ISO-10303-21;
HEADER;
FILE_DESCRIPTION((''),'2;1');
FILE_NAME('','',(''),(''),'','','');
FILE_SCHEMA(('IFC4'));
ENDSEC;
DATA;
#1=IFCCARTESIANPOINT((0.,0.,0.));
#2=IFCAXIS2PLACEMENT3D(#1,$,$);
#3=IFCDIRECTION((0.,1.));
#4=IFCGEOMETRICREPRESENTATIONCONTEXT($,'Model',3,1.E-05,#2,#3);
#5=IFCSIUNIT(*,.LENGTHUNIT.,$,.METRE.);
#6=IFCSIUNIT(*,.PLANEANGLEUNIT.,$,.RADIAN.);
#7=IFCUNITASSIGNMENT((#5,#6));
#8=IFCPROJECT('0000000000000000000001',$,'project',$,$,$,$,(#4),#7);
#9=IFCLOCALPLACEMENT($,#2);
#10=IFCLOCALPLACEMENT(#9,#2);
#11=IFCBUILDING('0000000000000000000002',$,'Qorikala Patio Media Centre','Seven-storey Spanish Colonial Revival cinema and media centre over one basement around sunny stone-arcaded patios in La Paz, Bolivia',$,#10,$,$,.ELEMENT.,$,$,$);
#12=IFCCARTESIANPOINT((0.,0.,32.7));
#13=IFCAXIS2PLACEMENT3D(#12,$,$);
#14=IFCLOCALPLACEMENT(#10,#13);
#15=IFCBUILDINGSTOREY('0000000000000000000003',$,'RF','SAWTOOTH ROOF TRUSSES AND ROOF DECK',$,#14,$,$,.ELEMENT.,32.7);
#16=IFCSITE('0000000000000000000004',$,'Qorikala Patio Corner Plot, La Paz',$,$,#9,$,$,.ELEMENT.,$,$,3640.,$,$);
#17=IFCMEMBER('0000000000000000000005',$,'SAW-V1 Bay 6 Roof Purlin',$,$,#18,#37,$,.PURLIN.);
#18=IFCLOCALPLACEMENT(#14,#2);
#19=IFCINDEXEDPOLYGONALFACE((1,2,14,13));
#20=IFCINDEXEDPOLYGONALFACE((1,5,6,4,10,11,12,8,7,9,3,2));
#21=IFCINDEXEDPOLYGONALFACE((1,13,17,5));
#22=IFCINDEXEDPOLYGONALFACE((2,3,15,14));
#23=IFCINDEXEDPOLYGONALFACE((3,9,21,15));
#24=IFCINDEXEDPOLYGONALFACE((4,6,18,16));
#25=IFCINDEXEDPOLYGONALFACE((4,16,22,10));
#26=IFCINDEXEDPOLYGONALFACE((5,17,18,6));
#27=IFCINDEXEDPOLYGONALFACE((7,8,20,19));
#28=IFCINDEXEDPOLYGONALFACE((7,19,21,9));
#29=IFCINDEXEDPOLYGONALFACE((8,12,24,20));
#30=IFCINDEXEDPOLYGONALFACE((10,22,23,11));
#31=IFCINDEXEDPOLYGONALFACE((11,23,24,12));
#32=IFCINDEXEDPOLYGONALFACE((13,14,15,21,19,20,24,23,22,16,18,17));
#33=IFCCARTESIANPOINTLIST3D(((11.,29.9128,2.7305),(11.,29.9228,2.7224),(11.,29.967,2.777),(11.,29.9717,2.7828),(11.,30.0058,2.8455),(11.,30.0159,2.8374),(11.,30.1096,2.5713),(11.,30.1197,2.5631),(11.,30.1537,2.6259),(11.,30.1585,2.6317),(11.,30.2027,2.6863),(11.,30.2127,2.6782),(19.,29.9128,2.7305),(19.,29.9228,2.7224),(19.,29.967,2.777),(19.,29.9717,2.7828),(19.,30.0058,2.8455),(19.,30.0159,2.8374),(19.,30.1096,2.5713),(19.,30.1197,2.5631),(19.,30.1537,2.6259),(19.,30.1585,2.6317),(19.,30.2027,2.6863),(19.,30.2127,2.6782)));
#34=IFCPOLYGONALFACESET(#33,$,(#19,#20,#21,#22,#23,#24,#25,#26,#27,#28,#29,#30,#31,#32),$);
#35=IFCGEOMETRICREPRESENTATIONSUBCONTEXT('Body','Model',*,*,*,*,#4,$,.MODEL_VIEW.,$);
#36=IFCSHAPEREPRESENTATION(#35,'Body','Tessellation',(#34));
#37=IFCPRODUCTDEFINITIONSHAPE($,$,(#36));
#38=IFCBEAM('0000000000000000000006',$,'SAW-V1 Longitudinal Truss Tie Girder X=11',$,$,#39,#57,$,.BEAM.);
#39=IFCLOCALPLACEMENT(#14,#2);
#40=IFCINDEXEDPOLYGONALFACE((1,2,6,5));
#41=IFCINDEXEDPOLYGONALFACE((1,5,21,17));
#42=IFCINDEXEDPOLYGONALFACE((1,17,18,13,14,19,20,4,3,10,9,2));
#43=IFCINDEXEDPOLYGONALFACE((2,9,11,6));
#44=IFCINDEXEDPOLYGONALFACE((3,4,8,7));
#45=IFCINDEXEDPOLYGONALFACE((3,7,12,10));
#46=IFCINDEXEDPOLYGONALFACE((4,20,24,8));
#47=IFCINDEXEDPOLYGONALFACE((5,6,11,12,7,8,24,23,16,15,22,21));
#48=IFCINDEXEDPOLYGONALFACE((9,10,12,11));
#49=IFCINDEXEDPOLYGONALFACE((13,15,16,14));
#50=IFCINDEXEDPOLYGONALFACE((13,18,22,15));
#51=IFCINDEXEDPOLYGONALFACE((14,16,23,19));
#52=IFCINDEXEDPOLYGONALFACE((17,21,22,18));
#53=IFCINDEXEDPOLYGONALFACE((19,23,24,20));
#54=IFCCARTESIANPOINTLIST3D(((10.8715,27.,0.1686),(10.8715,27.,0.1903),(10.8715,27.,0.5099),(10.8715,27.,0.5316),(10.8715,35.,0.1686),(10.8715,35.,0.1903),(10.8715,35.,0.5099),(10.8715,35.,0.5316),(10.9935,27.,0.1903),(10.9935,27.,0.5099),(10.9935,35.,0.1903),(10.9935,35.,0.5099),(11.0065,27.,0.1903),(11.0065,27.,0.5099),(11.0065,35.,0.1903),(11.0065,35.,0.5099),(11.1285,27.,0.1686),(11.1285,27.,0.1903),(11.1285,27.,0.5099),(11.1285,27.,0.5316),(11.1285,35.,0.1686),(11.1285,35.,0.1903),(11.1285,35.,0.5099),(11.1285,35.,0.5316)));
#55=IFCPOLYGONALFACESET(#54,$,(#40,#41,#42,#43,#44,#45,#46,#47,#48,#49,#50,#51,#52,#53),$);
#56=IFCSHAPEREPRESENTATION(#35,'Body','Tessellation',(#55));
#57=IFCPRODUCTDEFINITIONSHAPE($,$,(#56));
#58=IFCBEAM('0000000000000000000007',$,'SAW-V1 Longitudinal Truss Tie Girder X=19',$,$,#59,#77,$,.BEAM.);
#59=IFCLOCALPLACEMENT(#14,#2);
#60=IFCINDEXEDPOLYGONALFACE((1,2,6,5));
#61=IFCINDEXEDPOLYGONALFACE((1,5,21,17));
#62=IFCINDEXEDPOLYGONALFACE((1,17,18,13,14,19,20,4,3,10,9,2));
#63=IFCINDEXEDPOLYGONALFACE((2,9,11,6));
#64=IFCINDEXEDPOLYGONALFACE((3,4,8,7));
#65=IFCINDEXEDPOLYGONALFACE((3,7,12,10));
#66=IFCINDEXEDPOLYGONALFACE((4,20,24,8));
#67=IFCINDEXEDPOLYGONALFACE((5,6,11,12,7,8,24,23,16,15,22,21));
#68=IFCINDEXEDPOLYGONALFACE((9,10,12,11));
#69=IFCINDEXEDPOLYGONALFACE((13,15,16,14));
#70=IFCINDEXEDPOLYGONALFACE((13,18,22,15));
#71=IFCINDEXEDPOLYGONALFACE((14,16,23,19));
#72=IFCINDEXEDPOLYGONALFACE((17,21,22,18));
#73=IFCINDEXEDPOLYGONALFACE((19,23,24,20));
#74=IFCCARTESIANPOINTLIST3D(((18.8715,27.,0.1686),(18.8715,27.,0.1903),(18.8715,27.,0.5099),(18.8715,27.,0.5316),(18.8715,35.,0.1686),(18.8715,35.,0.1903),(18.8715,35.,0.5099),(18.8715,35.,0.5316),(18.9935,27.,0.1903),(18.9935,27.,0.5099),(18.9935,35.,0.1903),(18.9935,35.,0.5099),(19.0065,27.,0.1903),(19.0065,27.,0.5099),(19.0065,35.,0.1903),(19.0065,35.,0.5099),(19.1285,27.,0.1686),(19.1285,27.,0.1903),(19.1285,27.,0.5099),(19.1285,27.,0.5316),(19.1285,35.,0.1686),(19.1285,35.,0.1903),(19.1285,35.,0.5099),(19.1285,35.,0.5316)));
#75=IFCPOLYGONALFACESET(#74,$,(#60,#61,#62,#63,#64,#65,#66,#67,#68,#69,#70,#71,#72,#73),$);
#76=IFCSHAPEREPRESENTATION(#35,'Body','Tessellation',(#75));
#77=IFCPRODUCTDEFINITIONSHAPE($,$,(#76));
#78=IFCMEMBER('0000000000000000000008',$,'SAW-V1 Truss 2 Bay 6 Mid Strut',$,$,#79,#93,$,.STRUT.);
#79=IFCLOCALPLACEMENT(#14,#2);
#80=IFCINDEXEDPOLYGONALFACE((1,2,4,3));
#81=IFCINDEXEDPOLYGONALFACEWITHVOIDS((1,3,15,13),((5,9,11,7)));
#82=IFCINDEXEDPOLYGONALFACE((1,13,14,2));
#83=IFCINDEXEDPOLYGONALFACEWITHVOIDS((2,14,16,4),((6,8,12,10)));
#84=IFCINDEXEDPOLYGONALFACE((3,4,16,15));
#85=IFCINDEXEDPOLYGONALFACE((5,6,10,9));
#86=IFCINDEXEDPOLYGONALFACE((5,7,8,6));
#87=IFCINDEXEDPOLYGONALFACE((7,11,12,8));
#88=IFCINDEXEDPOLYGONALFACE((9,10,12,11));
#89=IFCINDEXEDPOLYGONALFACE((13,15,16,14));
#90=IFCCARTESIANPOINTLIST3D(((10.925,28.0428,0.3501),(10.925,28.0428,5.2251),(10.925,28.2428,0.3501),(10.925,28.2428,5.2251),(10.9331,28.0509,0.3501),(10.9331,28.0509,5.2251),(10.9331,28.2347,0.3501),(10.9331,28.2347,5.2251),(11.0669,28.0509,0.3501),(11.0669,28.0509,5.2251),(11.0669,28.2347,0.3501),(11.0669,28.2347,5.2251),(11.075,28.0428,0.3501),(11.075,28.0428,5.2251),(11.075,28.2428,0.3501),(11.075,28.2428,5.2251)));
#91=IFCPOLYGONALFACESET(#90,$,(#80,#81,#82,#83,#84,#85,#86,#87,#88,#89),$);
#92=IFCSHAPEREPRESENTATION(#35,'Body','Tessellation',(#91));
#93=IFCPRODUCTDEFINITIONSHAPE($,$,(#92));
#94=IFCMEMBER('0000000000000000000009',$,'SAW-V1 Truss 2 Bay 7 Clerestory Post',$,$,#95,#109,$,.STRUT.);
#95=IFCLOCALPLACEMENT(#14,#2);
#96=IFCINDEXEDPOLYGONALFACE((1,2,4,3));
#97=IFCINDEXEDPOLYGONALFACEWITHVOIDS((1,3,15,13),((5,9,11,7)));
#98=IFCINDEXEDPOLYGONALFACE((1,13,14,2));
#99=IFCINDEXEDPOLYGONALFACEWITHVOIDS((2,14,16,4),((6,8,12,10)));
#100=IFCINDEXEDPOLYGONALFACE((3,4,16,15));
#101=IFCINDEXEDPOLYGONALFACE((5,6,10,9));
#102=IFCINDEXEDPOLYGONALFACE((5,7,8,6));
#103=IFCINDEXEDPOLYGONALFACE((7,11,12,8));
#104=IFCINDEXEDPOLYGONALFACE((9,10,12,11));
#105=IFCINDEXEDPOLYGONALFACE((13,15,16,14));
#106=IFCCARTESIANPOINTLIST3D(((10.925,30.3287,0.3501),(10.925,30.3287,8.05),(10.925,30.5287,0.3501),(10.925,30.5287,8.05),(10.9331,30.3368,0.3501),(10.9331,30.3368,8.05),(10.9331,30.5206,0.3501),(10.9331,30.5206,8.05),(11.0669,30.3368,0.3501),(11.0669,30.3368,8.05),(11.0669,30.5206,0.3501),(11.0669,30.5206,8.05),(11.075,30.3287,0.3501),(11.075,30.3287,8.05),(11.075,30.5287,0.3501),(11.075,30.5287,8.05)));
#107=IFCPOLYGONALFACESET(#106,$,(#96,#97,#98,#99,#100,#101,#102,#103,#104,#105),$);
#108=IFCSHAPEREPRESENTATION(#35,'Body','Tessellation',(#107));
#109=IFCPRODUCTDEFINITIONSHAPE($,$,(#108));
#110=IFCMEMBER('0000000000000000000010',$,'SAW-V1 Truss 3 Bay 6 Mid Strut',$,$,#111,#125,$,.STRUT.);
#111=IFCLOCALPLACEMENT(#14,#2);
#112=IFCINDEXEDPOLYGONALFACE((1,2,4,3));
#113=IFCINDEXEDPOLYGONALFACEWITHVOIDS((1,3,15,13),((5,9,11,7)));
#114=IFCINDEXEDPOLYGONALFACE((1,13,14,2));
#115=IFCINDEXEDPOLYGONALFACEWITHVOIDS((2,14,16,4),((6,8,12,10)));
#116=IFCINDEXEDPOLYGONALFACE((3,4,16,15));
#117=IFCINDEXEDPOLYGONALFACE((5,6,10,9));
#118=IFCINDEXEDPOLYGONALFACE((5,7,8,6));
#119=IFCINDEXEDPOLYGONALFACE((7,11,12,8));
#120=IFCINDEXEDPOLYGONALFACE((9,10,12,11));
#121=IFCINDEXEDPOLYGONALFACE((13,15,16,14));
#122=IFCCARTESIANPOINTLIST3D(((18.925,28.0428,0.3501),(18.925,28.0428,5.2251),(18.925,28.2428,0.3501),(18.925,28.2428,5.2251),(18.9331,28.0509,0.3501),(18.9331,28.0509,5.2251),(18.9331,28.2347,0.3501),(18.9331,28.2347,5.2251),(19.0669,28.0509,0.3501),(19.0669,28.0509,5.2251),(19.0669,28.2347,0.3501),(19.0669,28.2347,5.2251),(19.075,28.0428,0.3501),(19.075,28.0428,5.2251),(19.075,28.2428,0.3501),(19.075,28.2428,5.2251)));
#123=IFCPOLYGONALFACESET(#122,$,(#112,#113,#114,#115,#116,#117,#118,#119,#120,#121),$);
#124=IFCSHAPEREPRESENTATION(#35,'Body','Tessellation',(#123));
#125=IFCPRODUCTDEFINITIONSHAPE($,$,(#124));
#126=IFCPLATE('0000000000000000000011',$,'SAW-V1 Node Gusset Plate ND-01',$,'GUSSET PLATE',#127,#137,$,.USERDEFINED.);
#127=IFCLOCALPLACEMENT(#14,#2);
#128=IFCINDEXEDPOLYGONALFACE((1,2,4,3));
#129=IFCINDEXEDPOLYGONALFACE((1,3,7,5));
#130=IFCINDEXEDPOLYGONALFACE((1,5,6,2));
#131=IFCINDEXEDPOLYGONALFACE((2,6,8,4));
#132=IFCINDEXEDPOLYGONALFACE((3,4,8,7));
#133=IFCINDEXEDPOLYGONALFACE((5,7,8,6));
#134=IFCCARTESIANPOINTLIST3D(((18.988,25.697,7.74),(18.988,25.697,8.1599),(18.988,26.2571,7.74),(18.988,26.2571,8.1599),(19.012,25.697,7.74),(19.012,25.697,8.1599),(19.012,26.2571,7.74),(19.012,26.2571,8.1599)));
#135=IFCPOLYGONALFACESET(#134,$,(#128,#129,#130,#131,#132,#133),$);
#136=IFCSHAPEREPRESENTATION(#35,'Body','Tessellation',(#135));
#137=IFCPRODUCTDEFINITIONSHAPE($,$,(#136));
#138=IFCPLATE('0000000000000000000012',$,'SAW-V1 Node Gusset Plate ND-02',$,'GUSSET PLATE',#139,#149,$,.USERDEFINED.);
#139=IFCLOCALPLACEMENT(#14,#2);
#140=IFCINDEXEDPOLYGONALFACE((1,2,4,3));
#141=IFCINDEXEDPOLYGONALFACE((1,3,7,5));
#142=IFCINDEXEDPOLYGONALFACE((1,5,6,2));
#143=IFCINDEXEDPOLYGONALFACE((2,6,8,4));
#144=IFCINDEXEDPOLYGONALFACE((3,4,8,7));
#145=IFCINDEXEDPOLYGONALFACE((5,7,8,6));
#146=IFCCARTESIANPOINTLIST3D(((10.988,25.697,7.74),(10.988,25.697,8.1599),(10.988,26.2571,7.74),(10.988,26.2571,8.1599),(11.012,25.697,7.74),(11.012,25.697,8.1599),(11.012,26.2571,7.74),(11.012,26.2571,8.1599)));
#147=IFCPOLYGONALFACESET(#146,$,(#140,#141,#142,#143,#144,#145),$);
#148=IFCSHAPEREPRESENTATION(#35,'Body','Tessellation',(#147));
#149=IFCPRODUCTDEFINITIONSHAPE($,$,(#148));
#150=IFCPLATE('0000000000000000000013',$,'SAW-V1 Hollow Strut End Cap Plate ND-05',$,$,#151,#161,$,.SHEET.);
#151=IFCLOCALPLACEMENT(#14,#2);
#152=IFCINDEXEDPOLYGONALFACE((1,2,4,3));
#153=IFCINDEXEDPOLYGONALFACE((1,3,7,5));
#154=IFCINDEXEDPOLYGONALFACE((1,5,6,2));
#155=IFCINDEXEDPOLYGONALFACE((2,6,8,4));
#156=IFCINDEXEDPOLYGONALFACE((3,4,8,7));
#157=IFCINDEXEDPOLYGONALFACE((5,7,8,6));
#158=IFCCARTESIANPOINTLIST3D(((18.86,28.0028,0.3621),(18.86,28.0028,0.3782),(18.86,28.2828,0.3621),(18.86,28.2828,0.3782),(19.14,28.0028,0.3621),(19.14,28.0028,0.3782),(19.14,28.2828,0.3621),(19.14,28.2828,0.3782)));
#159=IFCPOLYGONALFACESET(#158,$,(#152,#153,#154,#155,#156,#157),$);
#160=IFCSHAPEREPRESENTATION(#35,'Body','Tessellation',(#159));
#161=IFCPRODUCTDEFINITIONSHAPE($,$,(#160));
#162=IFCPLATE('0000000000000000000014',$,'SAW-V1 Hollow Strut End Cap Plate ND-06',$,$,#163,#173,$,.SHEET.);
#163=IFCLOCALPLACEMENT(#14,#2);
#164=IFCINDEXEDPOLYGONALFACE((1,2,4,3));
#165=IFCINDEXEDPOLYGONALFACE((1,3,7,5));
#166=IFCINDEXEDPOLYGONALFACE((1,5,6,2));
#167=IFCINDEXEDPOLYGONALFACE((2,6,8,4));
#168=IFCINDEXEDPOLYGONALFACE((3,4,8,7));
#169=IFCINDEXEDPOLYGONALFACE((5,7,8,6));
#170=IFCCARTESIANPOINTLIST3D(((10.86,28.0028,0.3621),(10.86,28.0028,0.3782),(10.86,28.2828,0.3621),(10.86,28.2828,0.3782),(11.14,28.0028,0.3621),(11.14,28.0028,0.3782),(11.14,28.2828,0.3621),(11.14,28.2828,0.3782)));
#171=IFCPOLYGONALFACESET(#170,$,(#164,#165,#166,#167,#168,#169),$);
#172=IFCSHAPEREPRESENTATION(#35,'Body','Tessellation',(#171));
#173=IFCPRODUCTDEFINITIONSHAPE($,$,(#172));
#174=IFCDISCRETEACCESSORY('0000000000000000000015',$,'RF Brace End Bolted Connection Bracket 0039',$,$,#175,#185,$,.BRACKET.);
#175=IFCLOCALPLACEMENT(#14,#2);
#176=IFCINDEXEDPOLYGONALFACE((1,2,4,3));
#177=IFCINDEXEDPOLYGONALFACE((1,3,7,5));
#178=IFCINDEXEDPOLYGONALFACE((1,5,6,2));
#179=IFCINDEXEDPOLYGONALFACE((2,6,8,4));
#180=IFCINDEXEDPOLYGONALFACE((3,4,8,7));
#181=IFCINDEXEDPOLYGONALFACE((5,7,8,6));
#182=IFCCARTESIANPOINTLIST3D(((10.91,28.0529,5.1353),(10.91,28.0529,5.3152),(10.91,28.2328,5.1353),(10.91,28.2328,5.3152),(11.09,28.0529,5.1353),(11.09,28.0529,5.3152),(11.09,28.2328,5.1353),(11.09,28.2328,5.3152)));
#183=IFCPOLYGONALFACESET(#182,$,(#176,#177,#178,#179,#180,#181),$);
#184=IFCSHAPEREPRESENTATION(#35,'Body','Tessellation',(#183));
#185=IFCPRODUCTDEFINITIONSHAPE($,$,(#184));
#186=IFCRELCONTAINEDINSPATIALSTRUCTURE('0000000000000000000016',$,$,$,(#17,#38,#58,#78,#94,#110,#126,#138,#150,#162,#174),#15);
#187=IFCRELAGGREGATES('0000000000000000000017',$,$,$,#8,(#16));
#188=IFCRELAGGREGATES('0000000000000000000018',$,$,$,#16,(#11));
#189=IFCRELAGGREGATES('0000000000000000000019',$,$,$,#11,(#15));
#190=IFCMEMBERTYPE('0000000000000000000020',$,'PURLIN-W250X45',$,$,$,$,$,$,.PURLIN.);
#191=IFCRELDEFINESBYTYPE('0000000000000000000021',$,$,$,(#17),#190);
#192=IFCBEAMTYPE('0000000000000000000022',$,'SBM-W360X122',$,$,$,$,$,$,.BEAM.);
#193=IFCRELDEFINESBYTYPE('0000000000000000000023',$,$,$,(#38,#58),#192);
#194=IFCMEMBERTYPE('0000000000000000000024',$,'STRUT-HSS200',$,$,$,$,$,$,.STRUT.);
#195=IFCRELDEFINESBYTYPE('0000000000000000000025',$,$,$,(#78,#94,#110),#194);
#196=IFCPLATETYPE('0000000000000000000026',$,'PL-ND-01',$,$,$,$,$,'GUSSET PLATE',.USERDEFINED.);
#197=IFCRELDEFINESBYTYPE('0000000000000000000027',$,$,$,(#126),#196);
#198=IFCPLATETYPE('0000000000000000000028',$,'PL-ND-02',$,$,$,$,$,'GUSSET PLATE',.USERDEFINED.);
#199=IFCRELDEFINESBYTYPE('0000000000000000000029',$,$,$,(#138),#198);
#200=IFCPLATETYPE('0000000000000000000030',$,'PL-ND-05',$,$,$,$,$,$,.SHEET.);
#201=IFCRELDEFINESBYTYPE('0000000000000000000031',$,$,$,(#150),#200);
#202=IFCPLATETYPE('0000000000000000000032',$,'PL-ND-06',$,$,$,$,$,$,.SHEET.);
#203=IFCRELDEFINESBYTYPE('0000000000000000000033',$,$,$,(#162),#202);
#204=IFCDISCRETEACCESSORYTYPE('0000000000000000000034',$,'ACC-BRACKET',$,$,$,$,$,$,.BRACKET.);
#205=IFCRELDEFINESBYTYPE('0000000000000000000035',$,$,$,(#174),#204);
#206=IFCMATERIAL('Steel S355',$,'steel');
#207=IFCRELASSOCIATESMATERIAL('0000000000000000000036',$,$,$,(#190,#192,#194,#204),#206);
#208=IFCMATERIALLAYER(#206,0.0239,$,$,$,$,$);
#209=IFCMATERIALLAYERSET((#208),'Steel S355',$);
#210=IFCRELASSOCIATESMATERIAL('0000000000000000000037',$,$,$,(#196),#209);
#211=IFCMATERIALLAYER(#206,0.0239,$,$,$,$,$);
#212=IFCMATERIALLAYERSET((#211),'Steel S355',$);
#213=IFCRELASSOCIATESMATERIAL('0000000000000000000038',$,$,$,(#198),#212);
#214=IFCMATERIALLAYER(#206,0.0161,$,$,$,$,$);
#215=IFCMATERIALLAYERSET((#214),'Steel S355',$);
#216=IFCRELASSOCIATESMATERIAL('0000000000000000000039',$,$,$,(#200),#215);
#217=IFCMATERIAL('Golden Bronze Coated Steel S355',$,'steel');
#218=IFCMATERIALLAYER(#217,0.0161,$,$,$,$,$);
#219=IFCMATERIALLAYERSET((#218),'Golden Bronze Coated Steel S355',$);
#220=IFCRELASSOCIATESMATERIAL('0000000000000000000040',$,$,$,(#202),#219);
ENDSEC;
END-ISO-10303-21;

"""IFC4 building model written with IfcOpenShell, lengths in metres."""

from ifc_helpers import new_model, si_unit, direction, frame, origin, origin_2d, place, context, subcontext, project, spatial, rectangle, hollow_rectangle, i_section, extrude, material, layer, layer_set, material_profile, profile_set, type_object, element, save


model = new_model("IFC4")

# Units and contexts
model_context = context("Model", 3, precision=1e-05, world=origin(), true_north=direction((0.0, 1.0)))
body_context = subcontext(model_context, "Body", "Model", "MODEL_VIEW")
ifc_project = project(units=[si_unit("LENGTHUNIT", "METRE"), si_unit("PLANEANGLEUNIT", "RADIAN")], contexts=[model_context])

# Site, building, storey
site_placement = place(None, origin())
site = spatial("IfcSite", under=ifc_project, at=site_placement, Name="Qorikala Patio Corner Plot, La Paz", CompositionType="ELEMENT", RefElevation=3640.0)
building_placement = place(site_placement, origin())
building = spatial("IfcBuilding", under=site, at=building_placement, Name="Qorikala Patio Media Centre", Description="Seven-storey Spanish Colonial Revival cinema and media centre over one basement around sunny stone-arcaded patios in La Paz, Bolivia", CompositionType="ELEMENT")
storey_placement = place(building_placement, frame((0.0, 0.0, 32.7)))
storey = spatial("IfcBuildingStorey", under=building, at=storey_placement, Name="RF", Description="SAWTOOTH ROOF TRUSSES AND ROOF DECK", CompositionType="ELEMENT", Elevation=32.7)

# Shared definitions
ifc_material_1 = material(Name="Steel S355", Category="steel")

# Member
ifc_material_profile_1 = material_profile(ifc_material_1, i_section(OverallWidth=0.1479, OverallDepth=0.2661, WebThickness=0.0076, FlangeThickness=0.0129, at=origin_2d()), Name="W250X45")
ifc_profile_set_1 = profile_set([ifc_material_profile_1], Name="Steel S355")
member_type_1 = type_object("IfcMemberType", Name="PURLIN-W250X45", PredefinedType="PURLIN", material=ifc_profile_set_1)
for number, where, z_axis, x_axis, name in (
    (1, (11.0, 30.0627, 2.7043), (1.0, 0.0, 0.0), (0.0, 0.628995, 0.77741), "SAW-V1 Bay 6 Roof Purlin"),
):
    element("IfcMember", number, at=place(storey_placement, frame(where, z_axis=z_axis, x_axis=x_axis)), inside=storey, type_object=member_type_1, Name=name, PredefinedType="PURLIN", context=body_context, shape_type="SweptSolid", body=[
        extrude(i_section(OverallWidth=0.1479, OverallDepth=0.2661, WebThickness=0.0076, FlangeThickness=0.0129, at=origin_2d()), origin(), (0.0, 0.0, 1.0), 8.0),
    ])

# Beams
ifc_material_profile_2 = material_profile(ifc_material_1, i_section(OverallWidth=0.2571, OverallDepth=0.363, WebThickness=0.0129, FlangeThickness=0.0217, at=origin_2d()), Name="W360X122")
ifc_profile_set_2 = profile_set([ifc_material_profile_2], Name="Steel S355")
beam_type = type_object("IfcBeamType", Name="SBM-W360X122", PredefinedType="BEAM", material=ifc_profile_set_2)
for number, where, z_axis, x_axis, name in (
    (2, (11.0, 27.0, 0.3501), (0.0, 1.0, 0.0), (-1.0, 0.0, 0.0), "SAW-V1 Longitudinal Truss Tie Girder X=11"),
    (3, (19.0, 27.0, 0.3501), (0.0, 1.0, 0.0), (-1.0, 0.0, 0.0), "SAW-V1 Longitudinal Truss Tie Girder X=19"),
):
    element("IfcBeam", number, at=place(storey_placement, frame(where, z_axis=z_axis, x_axis=x_axis)), inside=storey, type_object=beam_type, Name=name, PredefinedType="BEAM", context=body_context, shape_type="SweptSolid", body=[
        extrude(i_section(OverallWidth=0.2571, OverallDepth=0.363, WebThickness=0.0129, FlangeThickness=0.0217, at=origin_2d()), origin(), (0.0, 0.0, 1.0), 8.0),
    ])

# Members
ifc_material_profile_3 = material_profile(ifc_material_1, hollow_rectangle(XDim=0.1499, YDim=0.2, WallThickness=0.0081, at=origin_2d()), Name="HSS200X150X8")
ifc_profile_set_3 = profile_set([ifc_material_profile_3], Name="Steel S355")
member_type_2 = type_object("IfcMemberType", Name="STRUT-HSS200", PredefinedType="STRUT", material=ifc_profile_set_3)
member_1_placement = place(storey_placement, frame((11.0, 28.1428, 0.3501), z_axis=(0.0, 0.0, 1.0), x_axis=(1.0, 0.0, 0.0)))
element("IfcMember", 4, at=member_1_placement, inside=storey, type_object=member_type_2, Name="SAW-V1 Truss 2 Bay 6 Mid Strut", PredefinedType="STRUT", context=body_context, shape_type="SweptSolid", body=[
    extrude(hollow_rectangle(XDim=0.1499, YDim=0.2, WallThickness=0.0081, at=origin_2d()), origin(), (0.0, 0.0, 1.0), 4.875),
])
member_2_placement = place(storey_placement, frame((11.0, 30.4287, 0.3501), z_axis=(0.0, 0.0, 1.0), x_axis=(1.0, 0.0, 0.0)))
element("IfcMember", 5, at=member_2_placement, inside=storey, type_object=member_type_2, Name="SAW-V1 Truss 2 Bay 7 Clerestory Post", PredefinedType="STRUT", context=body_context, shape_type="SweptSolid", body=[
    extrude(hollow_rectangle(XDim=0.1499, YDim=0.2, WallThickness=0.0081, at=origin_2d()), origin(), (0.0, 0.0, 1.0), 7.7),
])
member_3_placement = place(storey_placement, frame((19.0, 28.1428, 0.3501), z_axis=(0.0, 0.0, 1.0), x_axis=(1.0, 0.0, 0.0)))
element("IfcMember", 6, at=member_3_placement, inside=storey, type_object=member_type_2, Name="SAW-V1 Truss 3 Bay 6 Mid Strut", PredefinedType="STRUT", context=body_context, shape_type="SweptSolid", body=[
    extrude(hollow_rectangle(XDim=0.1499, YDim=0.2, WallThickness=0.0081, at=origin_2d()), origin(), (0.0, 0.0, 1.0), 4.875),
])

# Plates
ifc_layer_1 = layer(ifc_material_1, 0.0239)
ifc_layer_set_1 = layer_set([ifc_layer_1], Name="Steel S355")
plate_type_1 = type_object("IfcPlateType", Name="PL-ND-01", ElementType="GUSSET PLATE", PredefinedType="USERDEFINED", material=ifc_layer_set_1)
plate_1_placement = place(storey_placement, frame((19.0, 25.9771, 7.74), z_axis=(0.0, 0.0, 1.0), x_axis=(1.0, 0.0, 0.0)))
element("IfcPlate", 7, at=plate_1_placement, inside=storey, type_object=plate_type_1, Name="SAW-V1 Node Gusset Plate ND-01", ObjectType="GUSSET PLATE", PredefinedType="USERDEFINED", context=body_context, shape_type="SweptSolid", body=[
    extrude(rectangle(XDim=0.0239, YDim=0.5601, at=origin_2d()), origin(), (0.0, 0.0, 1.0), 0.4199),
])
ifc_layer_2 = layer(ifc_material_1, 0.0239)
ifc_layer_set_2 = layer_set([ifc_layer_2], Name="Steel S355")
plate_type_2 = type_object("IfcPlateType", Name="PL-ND-02", ElementType="GUSSET PLATE", PredefinedType="USERDEFINED", material=ifc_layer_set_2)
plate_2_placement = place(storey_placement, frame((11.0, 25.9771, 7.74), z_axis=(0.0, 0.0, 1.0), x_axis=(1.0, 0.0, 0.0)))
element("IfcPlate", 8, at=plate_2_placement, inside=storey, type_object=plate_type_2, Name="SAW-V1 Node Gusset Plate ND-02", ObjectType="GUSSET PLATE", PredefinedType="USERDEFINED", context=body_context, shape_type="SweptSolid", body=[
    extrude(rectangle(XDim=0.0239, YDim=0.5601, at=origin_2d()), origin(), (0.0, 0.0, 1.0), 0.4199),
])
ifc_layer_3 = layer(ifc_material_1, 0.0161)
ifc_layer_set_3 = layer_set([ifc_layer_3], Name="Steel S355")
plate_type_3 = type_object("IfcPlateType", Name="PL-ND-05", PredefinedType="SHEET", material=ifc_layer_set_3)
plate_3_placement = place(storey_placement, frame((19.0, 28.1428, 0.3621), z_axis=(0.0, 0.0, 1.0), x_axis=(1.0, 0.0, 0.0)))
element("IfcPlate", 9, at=plate_3_placement, inside=storey, type_object=plate_type_3, Name="SAW-V1 Hollow Strut End Cap Plate ND-05", PredefinedType="SHEET", context=body_context, shape_type="SweptSolid", body=[
    extrude(rectangle(XDim=0.28, YDim=0.28, at=origin_2d()), origin(), (0.0, 0.0, 1.0), 0.0161),
])
ifc_material_2 = material(Name="Golden Bronze Coated Steel S355", Category="steel")
ifc_layer_4 = layer(ifc_material_2, 0.0161)
ifc_layer_set_4 = layer_set([ifc_layer_4], Name="Golden Bronze Coated Steel S355")
plate_type_4 = type_object("IfcPlateType", Name="PL-ND-06", PredefinedType="SHEET", material=ifc_layer_set_4)
plate_4_placement = place(storey_placement, frame((11.0, 28.1428, 0.3621), z_axis=(0.0, 0.0, 1.0), x_axis=(1.0, 0.0, 0.0)))
element("IfcPlate", 10, at=plate_4_placement, inside=storey, type_object=plate_type_4, Name="SAW-V1 Hollow Strut End Cap Plate ND-06", PredefinedType="SHEET", context=body_context, shape_type="SweptSolid", body=[
    extrude(rectangle(XDim=0.28, YDim=0.28, at=origin_2d()), origin(), (0.0, 0.0, 1.0), 0.0161),
])

# Discrete accessory
discrete_accessory_type = type_object("IfcDiscreteAccessoryType", Name="ACC-BRACKET", PredefinedType="BRACKET", material=ifc_material_1)
for number, where, z_axis, x_axis, name in (
    (11, (11.0, 28.1428, 5.1353), (0.0, 0.0, 1.0), (1.0, 0.0, 0.0), "RF Brace End Bolted Connection Bracket 0039"),
):
    element("IfcDiscreteAccessory", number, at=place(storey_placement, frame(where, z_axis=z_axis, x_axis=x_axis)), inside=storey, type_object=discrete_accessory_type, Name=name, PredefinedType="BRACKET", context=body_context, shape_type="SweptSolid", body=[
        extrude(rectangle(XDim=0.1799, YDim=0.1799, at=origin_2d()), origin(), (0.0, 0.0, 1.0), 0.1799),
    ])

save(model, "model.ifc")
